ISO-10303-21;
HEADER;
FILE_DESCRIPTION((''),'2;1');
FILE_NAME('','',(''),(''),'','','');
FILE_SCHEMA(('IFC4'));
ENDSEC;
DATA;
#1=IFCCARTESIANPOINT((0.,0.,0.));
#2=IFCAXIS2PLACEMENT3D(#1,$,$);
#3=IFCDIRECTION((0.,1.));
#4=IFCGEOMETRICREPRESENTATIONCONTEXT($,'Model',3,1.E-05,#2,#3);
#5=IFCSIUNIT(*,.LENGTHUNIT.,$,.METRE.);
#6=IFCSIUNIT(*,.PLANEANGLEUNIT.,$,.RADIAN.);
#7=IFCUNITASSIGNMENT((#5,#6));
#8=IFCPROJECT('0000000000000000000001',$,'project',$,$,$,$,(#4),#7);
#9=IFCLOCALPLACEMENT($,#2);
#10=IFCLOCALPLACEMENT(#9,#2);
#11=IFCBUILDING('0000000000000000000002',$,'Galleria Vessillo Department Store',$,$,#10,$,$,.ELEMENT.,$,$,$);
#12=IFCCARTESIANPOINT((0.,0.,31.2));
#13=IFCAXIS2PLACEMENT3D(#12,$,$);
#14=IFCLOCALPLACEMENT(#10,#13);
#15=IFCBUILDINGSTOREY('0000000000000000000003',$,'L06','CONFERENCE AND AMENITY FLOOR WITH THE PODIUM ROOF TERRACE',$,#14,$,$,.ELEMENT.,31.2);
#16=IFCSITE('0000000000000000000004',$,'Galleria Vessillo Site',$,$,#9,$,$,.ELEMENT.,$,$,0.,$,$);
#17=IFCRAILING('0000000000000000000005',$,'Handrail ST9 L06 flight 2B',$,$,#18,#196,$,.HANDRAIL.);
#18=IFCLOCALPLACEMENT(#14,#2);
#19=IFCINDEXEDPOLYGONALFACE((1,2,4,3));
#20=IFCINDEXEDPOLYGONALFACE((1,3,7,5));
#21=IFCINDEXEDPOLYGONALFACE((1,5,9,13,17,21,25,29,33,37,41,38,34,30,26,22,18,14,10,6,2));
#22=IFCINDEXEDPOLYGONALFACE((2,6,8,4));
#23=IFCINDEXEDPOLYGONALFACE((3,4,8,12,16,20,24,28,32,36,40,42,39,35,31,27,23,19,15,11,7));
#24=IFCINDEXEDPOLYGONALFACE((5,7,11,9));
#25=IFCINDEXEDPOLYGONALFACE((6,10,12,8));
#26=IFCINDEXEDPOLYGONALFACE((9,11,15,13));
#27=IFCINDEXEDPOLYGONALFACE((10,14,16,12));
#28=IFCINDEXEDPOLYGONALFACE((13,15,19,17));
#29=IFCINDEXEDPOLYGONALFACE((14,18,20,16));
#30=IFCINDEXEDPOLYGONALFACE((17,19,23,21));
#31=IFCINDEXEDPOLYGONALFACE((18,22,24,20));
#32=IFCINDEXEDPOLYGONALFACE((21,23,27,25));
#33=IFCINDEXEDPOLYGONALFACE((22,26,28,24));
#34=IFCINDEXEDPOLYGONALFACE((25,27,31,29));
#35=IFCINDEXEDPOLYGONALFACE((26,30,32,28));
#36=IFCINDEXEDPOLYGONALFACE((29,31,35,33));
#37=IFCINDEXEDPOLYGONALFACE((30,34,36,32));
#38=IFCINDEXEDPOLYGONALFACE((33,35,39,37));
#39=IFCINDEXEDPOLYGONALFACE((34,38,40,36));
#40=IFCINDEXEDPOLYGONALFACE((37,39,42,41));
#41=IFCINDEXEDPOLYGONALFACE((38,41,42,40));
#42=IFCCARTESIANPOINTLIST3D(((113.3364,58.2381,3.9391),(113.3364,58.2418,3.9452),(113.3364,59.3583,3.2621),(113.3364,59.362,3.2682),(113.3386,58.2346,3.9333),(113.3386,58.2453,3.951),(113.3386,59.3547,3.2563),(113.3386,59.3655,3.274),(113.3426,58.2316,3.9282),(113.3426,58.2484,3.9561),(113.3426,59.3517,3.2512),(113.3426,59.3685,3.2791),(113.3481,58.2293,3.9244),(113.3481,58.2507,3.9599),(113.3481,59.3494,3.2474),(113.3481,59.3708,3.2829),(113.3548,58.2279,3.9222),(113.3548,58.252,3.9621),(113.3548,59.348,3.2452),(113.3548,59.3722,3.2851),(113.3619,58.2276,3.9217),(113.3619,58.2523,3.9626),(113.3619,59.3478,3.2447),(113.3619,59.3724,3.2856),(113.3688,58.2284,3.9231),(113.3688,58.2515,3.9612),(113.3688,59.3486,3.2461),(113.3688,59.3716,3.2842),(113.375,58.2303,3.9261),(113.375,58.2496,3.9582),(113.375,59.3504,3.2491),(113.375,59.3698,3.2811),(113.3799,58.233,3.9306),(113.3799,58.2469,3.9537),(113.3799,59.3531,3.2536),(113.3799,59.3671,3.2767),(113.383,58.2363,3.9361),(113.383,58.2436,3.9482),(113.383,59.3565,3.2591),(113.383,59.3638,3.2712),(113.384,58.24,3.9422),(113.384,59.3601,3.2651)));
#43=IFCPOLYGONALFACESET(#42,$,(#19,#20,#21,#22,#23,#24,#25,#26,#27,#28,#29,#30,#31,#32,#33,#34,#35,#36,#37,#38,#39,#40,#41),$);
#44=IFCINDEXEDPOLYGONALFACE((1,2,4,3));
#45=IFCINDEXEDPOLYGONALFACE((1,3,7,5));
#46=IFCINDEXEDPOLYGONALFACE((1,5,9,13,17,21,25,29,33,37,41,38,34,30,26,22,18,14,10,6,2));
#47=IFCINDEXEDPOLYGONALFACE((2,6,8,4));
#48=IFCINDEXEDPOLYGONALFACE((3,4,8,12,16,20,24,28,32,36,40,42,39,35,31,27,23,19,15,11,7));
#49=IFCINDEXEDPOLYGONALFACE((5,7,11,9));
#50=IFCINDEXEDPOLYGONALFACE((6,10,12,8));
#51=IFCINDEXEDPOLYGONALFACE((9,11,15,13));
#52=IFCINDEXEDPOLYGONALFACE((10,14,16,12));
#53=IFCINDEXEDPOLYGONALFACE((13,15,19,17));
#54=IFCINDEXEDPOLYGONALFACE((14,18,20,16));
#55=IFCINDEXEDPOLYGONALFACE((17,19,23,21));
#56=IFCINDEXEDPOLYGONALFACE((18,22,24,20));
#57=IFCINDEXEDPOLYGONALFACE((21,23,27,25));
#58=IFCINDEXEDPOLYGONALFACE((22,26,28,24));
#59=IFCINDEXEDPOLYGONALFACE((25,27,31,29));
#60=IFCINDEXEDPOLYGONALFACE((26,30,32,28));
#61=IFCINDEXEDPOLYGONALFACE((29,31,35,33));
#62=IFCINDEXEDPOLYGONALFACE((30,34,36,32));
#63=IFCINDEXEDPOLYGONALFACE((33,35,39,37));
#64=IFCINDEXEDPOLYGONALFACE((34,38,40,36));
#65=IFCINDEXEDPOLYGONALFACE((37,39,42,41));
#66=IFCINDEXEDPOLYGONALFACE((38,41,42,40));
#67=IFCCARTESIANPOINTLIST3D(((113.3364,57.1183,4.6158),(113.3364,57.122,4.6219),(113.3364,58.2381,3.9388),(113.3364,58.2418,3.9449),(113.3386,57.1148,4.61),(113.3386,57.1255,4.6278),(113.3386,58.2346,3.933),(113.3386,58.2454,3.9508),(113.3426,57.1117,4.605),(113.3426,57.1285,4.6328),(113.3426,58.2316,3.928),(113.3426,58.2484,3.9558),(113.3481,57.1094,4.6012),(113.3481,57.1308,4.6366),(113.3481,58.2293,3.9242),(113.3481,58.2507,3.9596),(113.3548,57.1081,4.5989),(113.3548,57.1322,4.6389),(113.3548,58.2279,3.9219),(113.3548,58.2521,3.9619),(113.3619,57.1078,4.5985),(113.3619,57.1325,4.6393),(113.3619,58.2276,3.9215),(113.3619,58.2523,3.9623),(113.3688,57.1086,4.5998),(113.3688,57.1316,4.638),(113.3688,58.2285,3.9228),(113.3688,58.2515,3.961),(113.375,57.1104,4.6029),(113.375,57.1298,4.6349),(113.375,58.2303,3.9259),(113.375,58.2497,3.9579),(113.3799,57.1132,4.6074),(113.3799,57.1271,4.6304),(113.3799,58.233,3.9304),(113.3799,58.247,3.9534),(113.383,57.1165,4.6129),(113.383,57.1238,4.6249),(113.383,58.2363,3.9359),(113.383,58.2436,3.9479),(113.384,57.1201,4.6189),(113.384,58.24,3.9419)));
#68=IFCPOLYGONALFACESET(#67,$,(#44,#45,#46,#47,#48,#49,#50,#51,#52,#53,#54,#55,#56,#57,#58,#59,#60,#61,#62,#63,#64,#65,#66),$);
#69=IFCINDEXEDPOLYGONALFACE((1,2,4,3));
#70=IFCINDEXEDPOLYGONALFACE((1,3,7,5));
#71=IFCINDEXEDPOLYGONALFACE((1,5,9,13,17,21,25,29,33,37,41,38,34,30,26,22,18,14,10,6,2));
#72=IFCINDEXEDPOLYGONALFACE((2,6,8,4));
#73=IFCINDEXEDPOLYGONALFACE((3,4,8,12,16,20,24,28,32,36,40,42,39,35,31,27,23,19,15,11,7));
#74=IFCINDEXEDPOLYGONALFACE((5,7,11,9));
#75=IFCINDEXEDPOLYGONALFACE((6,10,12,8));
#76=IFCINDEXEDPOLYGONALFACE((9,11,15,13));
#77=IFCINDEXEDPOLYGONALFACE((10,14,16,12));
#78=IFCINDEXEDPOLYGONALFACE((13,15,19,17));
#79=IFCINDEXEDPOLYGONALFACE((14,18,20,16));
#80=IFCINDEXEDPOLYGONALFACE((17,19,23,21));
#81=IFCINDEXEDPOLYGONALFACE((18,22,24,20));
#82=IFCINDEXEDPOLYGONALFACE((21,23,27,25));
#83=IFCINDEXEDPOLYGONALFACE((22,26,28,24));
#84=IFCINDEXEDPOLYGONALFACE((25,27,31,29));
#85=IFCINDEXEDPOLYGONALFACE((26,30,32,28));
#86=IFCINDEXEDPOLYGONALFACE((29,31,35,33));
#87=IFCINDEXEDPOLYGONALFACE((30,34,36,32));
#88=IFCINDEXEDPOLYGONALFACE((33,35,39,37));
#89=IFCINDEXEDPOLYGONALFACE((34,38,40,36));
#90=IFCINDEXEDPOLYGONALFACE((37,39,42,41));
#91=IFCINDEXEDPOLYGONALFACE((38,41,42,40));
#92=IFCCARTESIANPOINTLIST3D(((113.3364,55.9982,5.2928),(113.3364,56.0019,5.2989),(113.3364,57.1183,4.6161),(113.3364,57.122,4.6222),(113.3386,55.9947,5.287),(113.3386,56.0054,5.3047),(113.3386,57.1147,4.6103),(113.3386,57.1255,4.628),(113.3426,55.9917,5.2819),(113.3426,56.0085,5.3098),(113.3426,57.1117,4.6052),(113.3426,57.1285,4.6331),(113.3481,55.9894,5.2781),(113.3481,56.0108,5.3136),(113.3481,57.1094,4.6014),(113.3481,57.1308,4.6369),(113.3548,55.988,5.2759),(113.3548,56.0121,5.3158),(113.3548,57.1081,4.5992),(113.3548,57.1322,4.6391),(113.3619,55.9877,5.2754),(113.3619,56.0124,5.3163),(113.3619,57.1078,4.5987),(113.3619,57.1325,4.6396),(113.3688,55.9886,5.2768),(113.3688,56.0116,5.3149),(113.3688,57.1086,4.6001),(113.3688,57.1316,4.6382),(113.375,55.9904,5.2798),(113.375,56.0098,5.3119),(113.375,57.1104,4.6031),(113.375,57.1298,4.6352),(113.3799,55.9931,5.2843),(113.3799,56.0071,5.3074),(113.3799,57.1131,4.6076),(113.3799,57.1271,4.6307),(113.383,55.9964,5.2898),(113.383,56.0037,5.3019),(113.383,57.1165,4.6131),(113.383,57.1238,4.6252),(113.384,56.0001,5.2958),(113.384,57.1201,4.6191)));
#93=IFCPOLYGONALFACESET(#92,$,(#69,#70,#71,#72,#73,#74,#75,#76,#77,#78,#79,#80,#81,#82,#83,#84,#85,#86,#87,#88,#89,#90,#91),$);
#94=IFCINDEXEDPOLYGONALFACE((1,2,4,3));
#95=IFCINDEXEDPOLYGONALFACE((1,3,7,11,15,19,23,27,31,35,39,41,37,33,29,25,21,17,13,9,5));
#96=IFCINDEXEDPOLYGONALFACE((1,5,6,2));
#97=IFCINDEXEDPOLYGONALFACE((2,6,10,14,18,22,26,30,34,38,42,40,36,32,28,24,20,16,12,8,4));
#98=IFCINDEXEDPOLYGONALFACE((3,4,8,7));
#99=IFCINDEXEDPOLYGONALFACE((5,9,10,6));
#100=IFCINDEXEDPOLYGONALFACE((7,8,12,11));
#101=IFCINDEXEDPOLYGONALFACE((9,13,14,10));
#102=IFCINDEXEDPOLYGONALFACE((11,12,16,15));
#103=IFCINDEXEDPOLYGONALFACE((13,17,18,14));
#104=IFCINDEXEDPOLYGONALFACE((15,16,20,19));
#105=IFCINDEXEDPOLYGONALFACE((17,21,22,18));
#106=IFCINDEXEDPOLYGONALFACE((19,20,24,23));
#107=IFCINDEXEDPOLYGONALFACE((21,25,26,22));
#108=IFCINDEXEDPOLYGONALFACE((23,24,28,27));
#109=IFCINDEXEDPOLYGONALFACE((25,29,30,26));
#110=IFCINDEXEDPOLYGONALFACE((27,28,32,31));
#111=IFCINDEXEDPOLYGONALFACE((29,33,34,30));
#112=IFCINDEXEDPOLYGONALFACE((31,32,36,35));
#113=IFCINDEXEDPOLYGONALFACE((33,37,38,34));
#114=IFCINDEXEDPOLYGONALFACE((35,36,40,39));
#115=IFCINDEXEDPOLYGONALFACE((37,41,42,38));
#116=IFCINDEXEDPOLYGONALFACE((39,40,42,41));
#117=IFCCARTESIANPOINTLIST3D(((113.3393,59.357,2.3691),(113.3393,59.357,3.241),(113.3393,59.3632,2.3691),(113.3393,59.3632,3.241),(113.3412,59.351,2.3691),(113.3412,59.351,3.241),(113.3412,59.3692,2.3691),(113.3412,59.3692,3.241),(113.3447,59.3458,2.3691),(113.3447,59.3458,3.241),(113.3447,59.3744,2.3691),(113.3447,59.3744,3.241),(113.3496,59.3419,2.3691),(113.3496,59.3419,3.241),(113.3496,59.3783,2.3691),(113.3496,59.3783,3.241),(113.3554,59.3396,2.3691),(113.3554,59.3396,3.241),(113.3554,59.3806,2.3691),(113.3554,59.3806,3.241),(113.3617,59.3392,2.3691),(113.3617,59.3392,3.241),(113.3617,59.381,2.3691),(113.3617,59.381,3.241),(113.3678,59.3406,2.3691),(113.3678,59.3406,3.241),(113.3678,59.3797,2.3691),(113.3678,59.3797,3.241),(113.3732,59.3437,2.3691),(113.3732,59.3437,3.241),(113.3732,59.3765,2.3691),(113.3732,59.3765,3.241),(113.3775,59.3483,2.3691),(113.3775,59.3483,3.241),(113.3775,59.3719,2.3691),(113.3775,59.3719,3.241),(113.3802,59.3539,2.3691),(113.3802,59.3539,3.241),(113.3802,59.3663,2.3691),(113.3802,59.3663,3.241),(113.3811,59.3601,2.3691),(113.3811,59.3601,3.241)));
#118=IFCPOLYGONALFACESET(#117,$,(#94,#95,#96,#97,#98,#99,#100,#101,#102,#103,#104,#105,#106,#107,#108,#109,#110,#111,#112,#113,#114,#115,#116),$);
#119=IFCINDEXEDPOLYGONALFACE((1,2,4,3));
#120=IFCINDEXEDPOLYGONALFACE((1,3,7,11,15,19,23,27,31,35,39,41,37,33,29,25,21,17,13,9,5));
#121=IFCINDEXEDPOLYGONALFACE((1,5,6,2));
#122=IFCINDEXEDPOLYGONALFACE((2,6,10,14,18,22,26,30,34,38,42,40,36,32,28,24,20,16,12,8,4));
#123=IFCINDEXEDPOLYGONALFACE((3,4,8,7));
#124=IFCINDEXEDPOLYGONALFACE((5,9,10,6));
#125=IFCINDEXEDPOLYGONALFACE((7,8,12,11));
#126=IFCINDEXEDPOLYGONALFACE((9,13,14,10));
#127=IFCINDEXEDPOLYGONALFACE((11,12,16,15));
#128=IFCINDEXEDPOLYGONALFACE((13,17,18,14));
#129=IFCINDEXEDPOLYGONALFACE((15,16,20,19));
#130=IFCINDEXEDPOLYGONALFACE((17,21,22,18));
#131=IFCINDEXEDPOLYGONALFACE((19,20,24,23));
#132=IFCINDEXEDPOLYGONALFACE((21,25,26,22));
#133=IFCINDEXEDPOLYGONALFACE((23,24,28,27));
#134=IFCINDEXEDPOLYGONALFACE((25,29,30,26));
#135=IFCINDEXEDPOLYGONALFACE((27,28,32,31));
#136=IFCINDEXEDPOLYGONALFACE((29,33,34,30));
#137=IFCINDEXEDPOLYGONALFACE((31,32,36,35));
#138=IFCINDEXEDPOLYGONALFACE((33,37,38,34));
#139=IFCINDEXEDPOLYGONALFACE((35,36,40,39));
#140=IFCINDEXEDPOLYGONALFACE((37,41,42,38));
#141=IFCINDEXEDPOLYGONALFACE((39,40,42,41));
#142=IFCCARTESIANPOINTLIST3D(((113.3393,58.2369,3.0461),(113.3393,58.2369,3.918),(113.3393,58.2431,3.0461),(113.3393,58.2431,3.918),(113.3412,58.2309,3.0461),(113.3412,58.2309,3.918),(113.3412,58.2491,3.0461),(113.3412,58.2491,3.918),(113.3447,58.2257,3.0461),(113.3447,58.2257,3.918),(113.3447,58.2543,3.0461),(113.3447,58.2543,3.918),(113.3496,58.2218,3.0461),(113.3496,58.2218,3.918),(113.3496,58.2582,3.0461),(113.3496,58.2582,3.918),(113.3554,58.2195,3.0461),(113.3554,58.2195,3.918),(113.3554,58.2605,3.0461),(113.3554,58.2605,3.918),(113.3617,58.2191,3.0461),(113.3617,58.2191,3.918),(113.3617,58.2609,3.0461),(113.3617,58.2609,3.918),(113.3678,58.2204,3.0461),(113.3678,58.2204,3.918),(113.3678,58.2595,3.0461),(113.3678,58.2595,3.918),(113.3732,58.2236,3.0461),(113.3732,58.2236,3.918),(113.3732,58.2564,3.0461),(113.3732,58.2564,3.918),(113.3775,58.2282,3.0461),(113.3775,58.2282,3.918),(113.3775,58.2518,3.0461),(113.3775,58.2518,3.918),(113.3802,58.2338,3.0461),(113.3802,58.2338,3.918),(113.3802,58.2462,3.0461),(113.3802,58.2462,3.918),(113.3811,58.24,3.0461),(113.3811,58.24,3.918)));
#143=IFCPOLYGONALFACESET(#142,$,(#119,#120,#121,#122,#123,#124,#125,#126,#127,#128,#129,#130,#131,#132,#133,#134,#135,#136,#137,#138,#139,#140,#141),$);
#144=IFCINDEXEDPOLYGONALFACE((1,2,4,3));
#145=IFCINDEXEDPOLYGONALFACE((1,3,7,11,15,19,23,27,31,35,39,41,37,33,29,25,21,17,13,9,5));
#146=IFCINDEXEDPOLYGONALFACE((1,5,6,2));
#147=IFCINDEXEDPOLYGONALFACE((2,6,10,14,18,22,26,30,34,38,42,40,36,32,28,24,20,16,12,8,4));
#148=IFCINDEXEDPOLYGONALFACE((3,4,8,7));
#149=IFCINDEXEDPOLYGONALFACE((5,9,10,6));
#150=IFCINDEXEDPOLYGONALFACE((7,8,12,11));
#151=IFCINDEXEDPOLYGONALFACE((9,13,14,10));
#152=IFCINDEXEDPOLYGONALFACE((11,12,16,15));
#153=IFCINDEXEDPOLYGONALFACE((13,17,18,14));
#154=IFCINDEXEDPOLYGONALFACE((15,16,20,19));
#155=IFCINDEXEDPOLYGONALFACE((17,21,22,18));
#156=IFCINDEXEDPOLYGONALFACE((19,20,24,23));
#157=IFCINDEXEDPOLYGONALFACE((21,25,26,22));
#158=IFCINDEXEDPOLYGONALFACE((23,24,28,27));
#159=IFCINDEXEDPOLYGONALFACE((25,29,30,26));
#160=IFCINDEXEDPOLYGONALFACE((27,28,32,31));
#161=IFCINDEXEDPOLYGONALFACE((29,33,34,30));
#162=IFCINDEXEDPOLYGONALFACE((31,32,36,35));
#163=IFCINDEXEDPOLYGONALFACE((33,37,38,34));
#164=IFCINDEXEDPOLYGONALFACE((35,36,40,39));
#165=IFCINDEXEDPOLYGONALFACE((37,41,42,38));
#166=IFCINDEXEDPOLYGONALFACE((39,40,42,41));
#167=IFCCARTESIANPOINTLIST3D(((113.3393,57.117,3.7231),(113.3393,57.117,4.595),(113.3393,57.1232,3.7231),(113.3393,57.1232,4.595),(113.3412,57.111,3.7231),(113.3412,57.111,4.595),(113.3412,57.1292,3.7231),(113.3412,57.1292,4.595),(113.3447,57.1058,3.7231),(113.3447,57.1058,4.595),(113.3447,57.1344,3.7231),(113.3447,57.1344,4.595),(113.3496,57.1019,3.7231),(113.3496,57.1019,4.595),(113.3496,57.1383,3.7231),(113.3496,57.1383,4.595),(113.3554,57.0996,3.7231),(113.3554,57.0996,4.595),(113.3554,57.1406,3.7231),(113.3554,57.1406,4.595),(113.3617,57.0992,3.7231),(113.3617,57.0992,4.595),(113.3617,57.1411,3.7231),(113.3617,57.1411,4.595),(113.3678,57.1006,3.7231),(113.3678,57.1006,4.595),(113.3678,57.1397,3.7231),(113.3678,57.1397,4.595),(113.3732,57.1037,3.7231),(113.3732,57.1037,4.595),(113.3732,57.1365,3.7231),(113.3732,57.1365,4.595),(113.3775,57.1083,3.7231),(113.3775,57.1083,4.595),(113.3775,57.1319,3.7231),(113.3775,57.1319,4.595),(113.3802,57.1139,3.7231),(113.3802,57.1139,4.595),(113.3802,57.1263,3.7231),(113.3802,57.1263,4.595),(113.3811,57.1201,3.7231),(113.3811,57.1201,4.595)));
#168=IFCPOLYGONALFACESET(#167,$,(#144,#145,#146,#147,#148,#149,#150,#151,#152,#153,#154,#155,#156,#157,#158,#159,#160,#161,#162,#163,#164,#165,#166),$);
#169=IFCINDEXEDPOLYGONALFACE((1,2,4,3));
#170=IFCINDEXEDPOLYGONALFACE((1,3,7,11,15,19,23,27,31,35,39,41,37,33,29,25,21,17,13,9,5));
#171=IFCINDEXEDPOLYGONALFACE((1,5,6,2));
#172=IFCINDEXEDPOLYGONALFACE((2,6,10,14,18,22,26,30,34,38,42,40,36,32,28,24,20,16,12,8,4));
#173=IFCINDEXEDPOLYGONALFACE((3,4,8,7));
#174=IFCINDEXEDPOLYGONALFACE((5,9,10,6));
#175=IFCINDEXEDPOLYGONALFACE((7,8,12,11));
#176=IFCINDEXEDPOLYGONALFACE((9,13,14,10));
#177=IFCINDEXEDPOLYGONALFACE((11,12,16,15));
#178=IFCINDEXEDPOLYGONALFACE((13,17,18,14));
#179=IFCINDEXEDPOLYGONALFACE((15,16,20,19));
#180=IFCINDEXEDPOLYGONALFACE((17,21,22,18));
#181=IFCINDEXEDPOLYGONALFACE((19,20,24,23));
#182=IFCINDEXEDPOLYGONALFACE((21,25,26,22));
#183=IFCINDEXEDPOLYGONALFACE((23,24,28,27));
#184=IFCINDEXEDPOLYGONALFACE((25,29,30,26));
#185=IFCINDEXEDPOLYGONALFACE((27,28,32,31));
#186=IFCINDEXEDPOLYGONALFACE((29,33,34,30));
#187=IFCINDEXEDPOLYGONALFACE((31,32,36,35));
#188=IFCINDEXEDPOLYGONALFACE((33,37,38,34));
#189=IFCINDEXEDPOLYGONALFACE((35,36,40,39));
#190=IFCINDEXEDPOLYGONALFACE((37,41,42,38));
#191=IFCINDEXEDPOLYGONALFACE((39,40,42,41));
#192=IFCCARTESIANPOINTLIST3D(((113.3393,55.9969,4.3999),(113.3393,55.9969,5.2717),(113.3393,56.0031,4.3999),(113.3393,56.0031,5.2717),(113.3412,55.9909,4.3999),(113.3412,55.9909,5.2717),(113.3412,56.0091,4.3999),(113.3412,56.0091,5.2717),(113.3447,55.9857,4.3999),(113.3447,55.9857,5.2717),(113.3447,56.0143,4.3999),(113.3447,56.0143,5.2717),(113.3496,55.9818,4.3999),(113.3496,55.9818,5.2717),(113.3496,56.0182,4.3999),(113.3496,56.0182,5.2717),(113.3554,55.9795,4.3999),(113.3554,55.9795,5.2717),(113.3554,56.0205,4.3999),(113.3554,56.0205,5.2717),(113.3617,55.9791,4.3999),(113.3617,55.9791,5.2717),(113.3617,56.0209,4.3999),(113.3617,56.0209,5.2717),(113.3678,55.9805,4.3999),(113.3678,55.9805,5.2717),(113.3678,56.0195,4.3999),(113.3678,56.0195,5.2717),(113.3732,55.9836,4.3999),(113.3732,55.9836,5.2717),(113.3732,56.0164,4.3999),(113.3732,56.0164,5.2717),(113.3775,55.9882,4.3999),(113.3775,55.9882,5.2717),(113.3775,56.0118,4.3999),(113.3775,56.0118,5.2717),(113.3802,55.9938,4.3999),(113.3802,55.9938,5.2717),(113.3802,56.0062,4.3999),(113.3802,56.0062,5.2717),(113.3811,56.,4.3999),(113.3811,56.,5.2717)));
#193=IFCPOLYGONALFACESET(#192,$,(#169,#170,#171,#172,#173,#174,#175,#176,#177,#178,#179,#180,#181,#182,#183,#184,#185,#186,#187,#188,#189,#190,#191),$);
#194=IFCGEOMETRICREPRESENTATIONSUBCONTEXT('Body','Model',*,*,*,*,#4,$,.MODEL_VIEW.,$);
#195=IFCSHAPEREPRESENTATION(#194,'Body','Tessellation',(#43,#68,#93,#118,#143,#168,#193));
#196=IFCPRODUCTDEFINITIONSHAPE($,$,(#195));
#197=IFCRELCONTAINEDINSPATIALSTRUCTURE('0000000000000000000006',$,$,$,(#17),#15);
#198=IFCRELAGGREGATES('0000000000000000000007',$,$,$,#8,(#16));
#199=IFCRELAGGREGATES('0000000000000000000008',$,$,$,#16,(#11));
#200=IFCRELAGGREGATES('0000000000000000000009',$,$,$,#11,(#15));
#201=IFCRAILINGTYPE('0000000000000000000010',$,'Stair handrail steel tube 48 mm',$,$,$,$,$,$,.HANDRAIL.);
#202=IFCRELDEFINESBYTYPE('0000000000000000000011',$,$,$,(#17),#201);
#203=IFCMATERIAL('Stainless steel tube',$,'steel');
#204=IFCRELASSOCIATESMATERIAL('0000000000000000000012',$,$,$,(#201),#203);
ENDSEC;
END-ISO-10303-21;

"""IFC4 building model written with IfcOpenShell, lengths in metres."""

from ifc_helpers import new_model, si_unit, direction, frame, origin, origin_2d, place, context, subcontext, project, spatial, circle, extrude, material, type_object, element, save


model = new_model("IFC4")

# Units and contexts
model_context = context("Model", 3, precision=1e-05, world=origin(), true_north=direction((0.0, 1.0)))
body_context = subcontext(model_context, "Body", "Model", "MODEL_VIEW")
ifc_project = project(units=[si_unit("LENGTHUNIT", "METRE"), si_unit("PLANEANGLEUNIT", "RADIAN")], contexts=[model_context])

# Site, building, storey
site_placement = place(None, origin())
site = spatial("IfcSite", under=ifc_project, at=site_placement, Name="Galleria Vessillo Site", CompositionType="ELEMENT", RefElevation=0.0)
building_placement = place(site_placement, origin())
building = spatial("IfcBuilding", under=site, at=building_placement, Name="Galleria Vessillo Department Store", CompositionType="ELEMENT")
storey_placement = place(building_placement, frame((0.0, 0.0, 31.2)))
storey = spatial("IfcBuildingStorey", under=building, at=storey_placement, Name="L06", Description="CONFERENCE AND AMENITY FLOOR WITH THE PODIUM ROOF TERRACE", CompositionType="ELEMENT", Elevation=31.2)

# Railing
ifc_material_1 = material(Name="Stainless steel tube", Category="steel")
railing_type = type_object("IfcRailingType", Name="Stair handrail steel tube 48 mm", PredefinedType="HANDRAIL", material=ifc_material_1)
for number, where, name in (
    (1, (113.3601, 59.3601, 2.3691), "Handrail ST9 L06 flight 2B"),
):
    element("IfcRailing", number, at=place(storey_placement, frame(where)), inside=storey, type_object=railing_type, Name=name, PredefinedType="HANDRAIL", context=body_context, shape_type="SweptSolid", body=[
        extrude(circle(Radius=0.0239, at=origin_2d()), frame((0.0, 0.0, 0.896), z_axis=(0.0, -0.855826, 0.517264), x_axis=(1.0, 0.0, 0.0)), (0.0, 0.0, 1.0), 1.3088),
        extrude(circle(Radius=0.0239, at=origin_2d()), frame((0.0, -1.1201, 1.5728), z_axis=(0.0, -0.855776, 0.517346), x_axis=(1.0, 0.0, 0.0)), (0.0, 0.0, 1.0), 1.3086),
        extrude(circle(Radius=0.0239, at=origin_2d()), frame((0.0, -2.24, 2.25), z_axis=(0.0, -0.855909, 0.517127), x_axis=(1.0, 0.0, 0.0)), (0.0, 0.0, 1.0), 1.3086),
        extrude(circle(Radius=0.021, at=origin_2d()), origin(), (0.0, 0.0, 1.0), 0.8718),
        extrude(circle(Radius=0.021, at=origin_2d()), frame((0.0, -1.1201, 0.677)), (0.0, 0.0, 1.0), 0.8718),
        extrude(circle(Radius=0.021, at=origin_2d()), frame((0.0, -2.24, 1.354)), (0.0, 0.0, 1.0), 0.8718),
        extrude(circle(Radius=0.021, at=origin_2d()), frame((0.0, -3.3601, 2.0308)), (0.0, 0.0, 1.0), 0.8718),
    ])

save(model, "model.ifc")
